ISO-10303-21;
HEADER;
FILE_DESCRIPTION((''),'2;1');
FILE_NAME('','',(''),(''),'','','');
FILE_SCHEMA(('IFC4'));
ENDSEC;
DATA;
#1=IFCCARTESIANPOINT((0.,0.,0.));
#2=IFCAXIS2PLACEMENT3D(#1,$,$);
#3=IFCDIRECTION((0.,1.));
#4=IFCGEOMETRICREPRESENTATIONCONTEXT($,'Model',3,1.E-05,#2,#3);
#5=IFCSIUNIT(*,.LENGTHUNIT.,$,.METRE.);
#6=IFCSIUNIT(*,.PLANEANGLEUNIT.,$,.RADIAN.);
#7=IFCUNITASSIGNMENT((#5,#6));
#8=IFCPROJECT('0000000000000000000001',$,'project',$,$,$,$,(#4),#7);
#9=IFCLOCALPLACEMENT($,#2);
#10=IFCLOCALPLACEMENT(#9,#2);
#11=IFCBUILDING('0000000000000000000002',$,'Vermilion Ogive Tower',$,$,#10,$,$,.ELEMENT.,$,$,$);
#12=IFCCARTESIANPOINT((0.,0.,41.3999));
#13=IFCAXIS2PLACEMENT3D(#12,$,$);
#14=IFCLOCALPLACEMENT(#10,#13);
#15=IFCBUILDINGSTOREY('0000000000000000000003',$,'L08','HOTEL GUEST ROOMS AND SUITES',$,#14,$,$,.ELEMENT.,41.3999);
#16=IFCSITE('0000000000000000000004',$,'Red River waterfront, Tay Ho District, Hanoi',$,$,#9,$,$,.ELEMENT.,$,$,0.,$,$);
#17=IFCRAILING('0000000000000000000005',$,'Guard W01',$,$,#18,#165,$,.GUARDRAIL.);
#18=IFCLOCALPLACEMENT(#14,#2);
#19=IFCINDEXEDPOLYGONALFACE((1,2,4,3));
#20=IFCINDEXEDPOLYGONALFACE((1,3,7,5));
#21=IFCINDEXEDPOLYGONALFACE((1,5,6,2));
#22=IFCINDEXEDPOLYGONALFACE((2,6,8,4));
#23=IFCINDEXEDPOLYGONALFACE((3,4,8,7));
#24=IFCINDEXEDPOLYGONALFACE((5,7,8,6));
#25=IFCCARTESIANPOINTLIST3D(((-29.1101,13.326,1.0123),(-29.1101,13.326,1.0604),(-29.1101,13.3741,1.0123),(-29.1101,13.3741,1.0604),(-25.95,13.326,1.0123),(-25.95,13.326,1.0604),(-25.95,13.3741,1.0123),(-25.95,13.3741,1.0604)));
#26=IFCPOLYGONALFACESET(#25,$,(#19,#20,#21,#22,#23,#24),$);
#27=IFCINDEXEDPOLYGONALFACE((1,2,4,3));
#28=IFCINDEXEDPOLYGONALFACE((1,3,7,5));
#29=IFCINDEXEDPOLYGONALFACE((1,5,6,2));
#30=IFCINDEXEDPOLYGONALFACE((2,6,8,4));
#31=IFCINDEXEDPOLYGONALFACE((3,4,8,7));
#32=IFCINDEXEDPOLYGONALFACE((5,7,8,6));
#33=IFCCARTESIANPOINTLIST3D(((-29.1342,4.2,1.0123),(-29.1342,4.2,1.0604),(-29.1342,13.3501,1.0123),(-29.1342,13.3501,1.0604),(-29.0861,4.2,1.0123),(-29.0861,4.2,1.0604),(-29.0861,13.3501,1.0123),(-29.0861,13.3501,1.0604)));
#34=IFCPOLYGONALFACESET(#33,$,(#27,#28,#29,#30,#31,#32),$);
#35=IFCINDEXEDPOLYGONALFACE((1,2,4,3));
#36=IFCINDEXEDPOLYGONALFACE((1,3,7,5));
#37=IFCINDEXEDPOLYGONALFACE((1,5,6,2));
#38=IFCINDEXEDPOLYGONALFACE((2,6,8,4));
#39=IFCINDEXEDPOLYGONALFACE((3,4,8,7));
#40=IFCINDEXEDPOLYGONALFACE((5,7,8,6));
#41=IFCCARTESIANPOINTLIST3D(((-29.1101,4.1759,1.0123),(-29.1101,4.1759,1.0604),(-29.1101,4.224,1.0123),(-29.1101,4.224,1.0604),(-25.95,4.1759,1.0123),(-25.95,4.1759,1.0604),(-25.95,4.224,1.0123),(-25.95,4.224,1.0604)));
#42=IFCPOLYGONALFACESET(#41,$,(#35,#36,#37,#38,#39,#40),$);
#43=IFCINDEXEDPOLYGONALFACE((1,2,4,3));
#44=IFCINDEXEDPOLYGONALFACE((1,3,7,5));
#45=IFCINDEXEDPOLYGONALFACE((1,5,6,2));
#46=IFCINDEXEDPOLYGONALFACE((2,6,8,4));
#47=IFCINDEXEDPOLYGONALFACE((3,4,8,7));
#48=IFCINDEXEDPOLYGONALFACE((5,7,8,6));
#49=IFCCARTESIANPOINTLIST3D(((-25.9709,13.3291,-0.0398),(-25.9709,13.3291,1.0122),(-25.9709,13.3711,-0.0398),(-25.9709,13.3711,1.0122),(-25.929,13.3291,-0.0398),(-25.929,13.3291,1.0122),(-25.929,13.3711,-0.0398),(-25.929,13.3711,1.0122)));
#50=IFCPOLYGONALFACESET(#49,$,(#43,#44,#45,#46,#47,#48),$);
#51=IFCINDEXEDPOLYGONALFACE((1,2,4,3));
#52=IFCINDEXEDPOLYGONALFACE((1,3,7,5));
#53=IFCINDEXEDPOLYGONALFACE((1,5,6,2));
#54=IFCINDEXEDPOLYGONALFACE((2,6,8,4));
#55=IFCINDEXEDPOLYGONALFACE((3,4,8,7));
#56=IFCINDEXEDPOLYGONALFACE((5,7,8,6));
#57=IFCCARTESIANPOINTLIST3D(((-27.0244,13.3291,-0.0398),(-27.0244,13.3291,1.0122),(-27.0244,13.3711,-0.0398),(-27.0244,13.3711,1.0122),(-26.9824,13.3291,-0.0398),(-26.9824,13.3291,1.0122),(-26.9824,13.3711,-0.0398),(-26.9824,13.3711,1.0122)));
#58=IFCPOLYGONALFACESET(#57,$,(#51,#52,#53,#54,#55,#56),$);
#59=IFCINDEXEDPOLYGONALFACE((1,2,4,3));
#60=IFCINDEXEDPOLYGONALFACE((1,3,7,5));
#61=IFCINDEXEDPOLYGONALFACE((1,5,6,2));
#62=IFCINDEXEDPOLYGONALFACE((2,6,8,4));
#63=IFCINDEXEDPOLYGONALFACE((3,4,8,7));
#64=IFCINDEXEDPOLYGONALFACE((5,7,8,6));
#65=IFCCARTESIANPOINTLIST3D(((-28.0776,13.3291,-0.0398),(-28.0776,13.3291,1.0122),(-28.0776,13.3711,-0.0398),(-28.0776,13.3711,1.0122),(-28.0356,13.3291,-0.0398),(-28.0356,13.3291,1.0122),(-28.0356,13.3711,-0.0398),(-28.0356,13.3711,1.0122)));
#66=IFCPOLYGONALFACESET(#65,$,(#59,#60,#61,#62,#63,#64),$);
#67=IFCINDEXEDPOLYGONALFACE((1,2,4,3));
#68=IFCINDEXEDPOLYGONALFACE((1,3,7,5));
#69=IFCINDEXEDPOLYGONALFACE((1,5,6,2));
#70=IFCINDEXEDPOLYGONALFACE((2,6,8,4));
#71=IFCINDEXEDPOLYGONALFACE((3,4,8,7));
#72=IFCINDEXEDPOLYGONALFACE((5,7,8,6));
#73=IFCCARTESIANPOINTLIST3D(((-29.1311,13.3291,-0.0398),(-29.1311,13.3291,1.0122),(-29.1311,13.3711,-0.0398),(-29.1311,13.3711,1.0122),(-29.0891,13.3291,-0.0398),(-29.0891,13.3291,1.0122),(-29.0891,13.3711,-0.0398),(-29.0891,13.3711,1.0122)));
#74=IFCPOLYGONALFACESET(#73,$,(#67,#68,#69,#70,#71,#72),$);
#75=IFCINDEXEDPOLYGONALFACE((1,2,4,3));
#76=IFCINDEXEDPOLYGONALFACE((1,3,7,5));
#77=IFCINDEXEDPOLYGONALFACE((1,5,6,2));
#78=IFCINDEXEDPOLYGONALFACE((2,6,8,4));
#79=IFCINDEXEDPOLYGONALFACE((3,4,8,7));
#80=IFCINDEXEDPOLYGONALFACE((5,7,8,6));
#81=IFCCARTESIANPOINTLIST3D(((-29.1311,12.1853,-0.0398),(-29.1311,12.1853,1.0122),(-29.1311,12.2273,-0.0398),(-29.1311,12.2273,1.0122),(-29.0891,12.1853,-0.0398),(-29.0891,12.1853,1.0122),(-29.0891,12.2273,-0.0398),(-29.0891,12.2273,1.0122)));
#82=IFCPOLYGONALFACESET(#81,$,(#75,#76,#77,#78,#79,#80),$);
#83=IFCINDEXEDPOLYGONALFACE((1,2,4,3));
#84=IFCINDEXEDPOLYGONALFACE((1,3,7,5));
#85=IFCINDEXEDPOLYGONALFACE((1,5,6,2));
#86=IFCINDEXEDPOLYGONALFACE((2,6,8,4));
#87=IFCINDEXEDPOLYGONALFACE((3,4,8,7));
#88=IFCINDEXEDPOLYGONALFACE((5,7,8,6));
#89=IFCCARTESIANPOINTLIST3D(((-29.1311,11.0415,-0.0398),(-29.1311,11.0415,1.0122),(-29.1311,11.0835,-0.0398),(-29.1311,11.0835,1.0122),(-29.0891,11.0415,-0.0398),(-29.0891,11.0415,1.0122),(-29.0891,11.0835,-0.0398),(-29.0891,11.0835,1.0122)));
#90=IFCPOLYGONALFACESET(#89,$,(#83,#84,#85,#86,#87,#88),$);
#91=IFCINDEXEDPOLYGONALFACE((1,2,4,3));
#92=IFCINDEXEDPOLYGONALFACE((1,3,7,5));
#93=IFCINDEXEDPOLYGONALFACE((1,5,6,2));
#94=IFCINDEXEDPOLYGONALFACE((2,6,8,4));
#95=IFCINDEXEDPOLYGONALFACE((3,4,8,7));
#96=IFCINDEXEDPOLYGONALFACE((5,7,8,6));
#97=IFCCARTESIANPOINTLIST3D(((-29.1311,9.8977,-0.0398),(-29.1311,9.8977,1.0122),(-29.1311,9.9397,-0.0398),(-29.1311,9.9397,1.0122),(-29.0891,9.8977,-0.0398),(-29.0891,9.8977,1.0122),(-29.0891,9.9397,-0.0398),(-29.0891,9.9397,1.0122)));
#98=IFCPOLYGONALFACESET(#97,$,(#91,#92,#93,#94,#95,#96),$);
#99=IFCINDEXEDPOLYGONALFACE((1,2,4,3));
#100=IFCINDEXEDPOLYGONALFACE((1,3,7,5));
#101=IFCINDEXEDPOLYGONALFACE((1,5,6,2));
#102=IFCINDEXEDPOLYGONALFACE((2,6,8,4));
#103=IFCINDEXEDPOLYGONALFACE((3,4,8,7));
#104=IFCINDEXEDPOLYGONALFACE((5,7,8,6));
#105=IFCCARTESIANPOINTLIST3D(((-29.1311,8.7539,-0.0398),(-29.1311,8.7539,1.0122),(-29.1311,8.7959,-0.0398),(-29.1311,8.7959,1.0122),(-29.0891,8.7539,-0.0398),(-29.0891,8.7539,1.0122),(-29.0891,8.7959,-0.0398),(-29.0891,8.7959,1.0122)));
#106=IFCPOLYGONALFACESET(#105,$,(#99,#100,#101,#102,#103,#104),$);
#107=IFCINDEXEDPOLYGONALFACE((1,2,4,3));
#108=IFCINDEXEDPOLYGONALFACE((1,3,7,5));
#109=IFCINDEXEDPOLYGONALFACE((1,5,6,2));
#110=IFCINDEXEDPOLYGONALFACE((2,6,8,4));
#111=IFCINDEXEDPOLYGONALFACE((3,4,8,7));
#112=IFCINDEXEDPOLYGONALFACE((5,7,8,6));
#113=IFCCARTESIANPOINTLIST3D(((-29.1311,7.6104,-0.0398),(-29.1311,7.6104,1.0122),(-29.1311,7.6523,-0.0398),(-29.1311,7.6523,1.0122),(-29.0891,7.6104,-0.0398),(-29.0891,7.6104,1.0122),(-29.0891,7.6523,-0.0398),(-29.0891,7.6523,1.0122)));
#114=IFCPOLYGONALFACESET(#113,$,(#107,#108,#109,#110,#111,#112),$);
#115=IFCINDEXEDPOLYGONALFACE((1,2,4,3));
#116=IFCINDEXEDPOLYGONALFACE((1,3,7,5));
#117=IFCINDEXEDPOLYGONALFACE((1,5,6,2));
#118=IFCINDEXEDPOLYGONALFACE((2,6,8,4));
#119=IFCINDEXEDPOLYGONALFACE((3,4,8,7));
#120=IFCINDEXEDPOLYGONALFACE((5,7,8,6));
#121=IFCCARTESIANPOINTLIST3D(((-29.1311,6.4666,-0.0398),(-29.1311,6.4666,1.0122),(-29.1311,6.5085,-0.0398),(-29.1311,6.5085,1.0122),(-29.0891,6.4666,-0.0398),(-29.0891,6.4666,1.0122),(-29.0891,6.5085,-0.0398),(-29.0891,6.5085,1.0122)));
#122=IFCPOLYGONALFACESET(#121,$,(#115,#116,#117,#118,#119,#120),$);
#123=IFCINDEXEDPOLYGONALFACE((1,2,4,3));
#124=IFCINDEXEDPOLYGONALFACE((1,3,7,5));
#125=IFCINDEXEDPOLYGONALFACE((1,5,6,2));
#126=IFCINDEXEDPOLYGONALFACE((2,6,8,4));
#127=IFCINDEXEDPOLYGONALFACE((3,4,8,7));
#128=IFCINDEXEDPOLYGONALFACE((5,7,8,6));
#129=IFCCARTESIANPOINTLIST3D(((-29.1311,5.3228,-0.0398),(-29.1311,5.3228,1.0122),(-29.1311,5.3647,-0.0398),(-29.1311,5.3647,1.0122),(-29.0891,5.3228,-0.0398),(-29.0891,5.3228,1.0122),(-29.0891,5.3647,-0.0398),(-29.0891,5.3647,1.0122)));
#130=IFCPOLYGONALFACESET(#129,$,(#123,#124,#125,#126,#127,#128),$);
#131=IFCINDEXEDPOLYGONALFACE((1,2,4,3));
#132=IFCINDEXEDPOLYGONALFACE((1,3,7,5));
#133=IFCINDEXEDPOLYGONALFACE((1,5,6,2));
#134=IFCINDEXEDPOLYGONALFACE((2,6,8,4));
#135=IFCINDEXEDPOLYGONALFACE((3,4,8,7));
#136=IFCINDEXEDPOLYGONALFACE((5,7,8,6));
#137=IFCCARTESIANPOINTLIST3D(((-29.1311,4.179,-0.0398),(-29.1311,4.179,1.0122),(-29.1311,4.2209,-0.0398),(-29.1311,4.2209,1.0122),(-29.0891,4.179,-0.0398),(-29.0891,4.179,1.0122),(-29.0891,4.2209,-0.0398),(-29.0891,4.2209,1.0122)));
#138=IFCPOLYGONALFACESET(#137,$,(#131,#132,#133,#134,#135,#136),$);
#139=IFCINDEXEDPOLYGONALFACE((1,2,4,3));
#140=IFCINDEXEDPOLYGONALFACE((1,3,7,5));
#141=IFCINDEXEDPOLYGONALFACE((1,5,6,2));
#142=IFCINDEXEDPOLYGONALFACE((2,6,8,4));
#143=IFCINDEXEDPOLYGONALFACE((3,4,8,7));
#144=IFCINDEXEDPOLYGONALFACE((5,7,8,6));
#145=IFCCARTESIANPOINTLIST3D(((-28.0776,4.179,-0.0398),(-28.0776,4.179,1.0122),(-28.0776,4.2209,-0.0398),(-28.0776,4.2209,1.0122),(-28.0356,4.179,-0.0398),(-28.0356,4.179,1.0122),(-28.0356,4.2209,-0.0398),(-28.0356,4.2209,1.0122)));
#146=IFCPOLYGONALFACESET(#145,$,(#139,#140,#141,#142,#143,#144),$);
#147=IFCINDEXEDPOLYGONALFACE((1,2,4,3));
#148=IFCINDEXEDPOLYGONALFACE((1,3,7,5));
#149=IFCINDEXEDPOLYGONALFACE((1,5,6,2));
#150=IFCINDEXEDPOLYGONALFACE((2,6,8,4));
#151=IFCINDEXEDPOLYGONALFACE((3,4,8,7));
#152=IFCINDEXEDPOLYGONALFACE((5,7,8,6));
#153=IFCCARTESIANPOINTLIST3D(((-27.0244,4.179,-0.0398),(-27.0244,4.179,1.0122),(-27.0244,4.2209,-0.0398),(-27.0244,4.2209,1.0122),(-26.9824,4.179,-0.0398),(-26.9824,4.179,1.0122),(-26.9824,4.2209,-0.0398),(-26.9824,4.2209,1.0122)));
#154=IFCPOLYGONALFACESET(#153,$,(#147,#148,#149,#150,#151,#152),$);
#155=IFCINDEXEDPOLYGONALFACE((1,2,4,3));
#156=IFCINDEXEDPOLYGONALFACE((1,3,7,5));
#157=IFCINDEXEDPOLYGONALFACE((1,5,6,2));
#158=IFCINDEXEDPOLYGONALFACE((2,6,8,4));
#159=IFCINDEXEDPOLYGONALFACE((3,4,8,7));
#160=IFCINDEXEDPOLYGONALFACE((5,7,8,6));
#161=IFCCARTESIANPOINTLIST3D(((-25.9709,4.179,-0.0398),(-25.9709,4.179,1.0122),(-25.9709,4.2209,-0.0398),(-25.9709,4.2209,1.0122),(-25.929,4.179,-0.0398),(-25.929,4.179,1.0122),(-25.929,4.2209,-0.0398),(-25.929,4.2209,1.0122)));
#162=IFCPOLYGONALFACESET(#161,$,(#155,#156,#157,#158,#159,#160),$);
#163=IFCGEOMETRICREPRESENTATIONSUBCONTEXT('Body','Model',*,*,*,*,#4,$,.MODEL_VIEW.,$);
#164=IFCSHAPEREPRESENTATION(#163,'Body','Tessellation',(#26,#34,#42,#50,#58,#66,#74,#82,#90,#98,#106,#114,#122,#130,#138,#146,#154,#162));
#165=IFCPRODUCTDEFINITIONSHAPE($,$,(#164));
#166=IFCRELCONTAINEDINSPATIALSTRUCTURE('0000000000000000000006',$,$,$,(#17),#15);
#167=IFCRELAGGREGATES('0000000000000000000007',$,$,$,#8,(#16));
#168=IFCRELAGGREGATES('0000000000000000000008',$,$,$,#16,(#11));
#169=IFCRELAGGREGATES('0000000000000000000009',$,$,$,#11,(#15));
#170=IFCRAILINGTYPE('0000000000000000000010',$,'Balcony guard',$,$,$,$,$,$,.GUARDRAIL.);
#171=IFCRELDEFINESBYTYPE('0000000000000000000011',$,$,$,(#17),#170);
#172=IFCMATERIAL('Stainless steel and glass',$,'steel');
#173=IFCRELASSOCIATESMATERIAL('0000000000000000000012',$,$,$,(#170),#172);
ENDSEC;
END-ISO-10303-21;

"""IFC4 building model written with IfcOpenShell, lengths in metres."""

from ifc_helpers import new_model, si_unit, direction, frame, origin, origin_2d, place, context, subcontext, project, spatial, rectangle, extrude, material, type_object, element, save


model = new_model("IFC4")

# Units and contexts
model_context = context("Model", 3, precision=1e-05, world=origin(), true_north=direction((0.0, 1.0)))
body_context = subcontext(model_context, "Body", "Model", "MODEL_VIEW")
ifc_project = project(units=[si_unit("LENGTHUNIT", "METRE"), si_unit("PLANEANGLEUNIT", "RADIAN")], contexts=[model_context])

# Site, building, storey
site_placement = place(None, origin())
site = spatial("IfcSite", under=ifc_project, at=site_placement, Name="Red River waterfront, Tay Ho District, Hanoi", CompositionType="ELEMENT", RefElevation=0.0)
building_placement = place(site_placement, origin())
building = spatial("IfcBuilding", under=site, at=building_placement, Name="Vermilion Ogive Tower", CompositionType="ELEMENT")
storey_placement = place(building_placement, frame((0.0, 0.0, 41.3999)))
storey = spatial("IfcBuildingStorey", under=building, at=storey_placement, Name="L08", Description="HOTEL GUEST ROOMS AND SUITES", CompositionType="ELEMENT", Elevation=41.3999)

# Railing
ifc_material_1 = material(Name="Stainless steel and glass", Category="steel")
railing_type = type_object("IfcRailingType", Name="Balcony guard", PredefinedType="GUARDRAIL", material=ifc_material_1)
railing_placement = place(storey_placement, frame((-25.95, 13.3501, -0.0398)))
element("IfcRailing", 1, at=railing_placement, inside=storey, type_object=railing_type, Name="Guard W01", PredefinedType="GUARDRAIL", context=body_context, shape_type="SweptSolid", body=[
    extrude(rectangle(XDim=0.0481, YDim=0.0481, at=origin_2d()), frame((0.0, 0.0, 1.0762), z_axis=(-1.0, 0.0, 0.0), x_axis=(0.0, -1.0, 0.0)), (0.0, 0.0, 1.0), 3.1602),
    extrude(rectangle(XDim=0.0481, YDim=0.0481, at=origin_2d()), frame((-3.1602, 0.0, 1.0762), z_axis=(0.0, -1.0, 0.0), x_axis=(1.0, 0.0, 0.0)), (0.0, 0.0, 1.0), 9.1501),
    extrude(rectangle(XDim=0.0481, YDim=0.0481, at=origin_2d()), frame((-3.1602, -9.1501, 1.0762), z_axis=(1.0, 0.0, 0.0), x_axis=(0.0, 1.0, 0.0)), (0.0, 0.0, 1.0), 3.1602),
    extrude(rectangle(XDim=0.042, YDim=0.042, at=origin_2d()), origin(), (0.0, 0.0, 1.0), 1.052),
    extrude(rectangle(XDim=0.042, YDim=0.042, at=origin_2d()), frame((-1.0535, 0.0, 0.0)), (0.0, 0.0, 1.0), 1.052),
    extrude(rectangle(XDim=0.042, YDim=0.042, at=origin_2d()), frame((-2.1067, 0.0, 0.0)), (0.0, 0.0, 1.0), 1.052),
    extrude(rectangle(XDim=0.042, YDim=0.042, at=origin_2d()), frame((-3.1602, 0.0, 0.0)), (0.0, 0.0, 1.0), 1.052),
    extrude(rectangle(XDim=0.042, YDim=0.042, at=origin_2d()), frame((-3.1602, -1.1438, 0.0)), (0.0, 0.0, 1.0), 1.052),
    extrude(rectangle(XDim=0.042, YDim=0.042, at=origin_2d()), frame((-3.1602, -2.2876, 0.0)), (0.0, 0.0, 1.0), 1.052),
    extrude(rectangle(XDim=0.042, YDim=0.042, at=origin_2d()), frame((-3.1602, -3.4314, 0.0)), (0.0, 0.0, 1.0), 1.052),
    extrude(rectangle(XDim=0.042, YDim=0.042, at=origin_2d()), frame((-3.1602, -4.5752, 0.0)), (0.0, 0.0, 1.0), 1.052),
    extrude(rectangle(XDim=0.042, YDim=0.042, at=origin_2d()), frame((-3.1602, -5.7188, 0.0)), (0.0, 0.0, 1.0), 1.052),
    extrude(rectangle(XDim=0.042, YDim=0.042, at=origin_2d()), frame((-3.1602, -6.8625, 0.0)), (0.0, 0.0, 1.0), 1.052),
    extrude(rectangle(XDim=0.042, YDim=0.042, at=origin_2d()), frame((-3.1602, -8.0063, 0.0)), (0.0, 0.0, 1.0), 1.052),
    extrude(rectangle(XDim=0.042, YDim=0.042, at=origin_2d()), frame((-3.1602, -9.1501, 0.0)), (0.0, 0.0, 1.0), 1.052),
    extrude(rectangle(XDim=0.042, YDim=0.042, at=origin_2d()), frame((-2.1067, -9.1501, 0.0)), (0.0, 0.0, 1.0), 1.052),
    extrude(rectangle(XDim=0.042, YDim=0.042, at=origin_2d()), frame((-1.0535, -9.1501, 0.0)), (0.0, 0.0, 1.0), 1.052),
    extrude(rectangle(XDim=0.042, YDim=0.042, at=origin_2d()), frame((0.0, -9.1501, 0.0)), (0.0, 0.0, 1.0), 1.052),
])

save(model, "model.ifc")
